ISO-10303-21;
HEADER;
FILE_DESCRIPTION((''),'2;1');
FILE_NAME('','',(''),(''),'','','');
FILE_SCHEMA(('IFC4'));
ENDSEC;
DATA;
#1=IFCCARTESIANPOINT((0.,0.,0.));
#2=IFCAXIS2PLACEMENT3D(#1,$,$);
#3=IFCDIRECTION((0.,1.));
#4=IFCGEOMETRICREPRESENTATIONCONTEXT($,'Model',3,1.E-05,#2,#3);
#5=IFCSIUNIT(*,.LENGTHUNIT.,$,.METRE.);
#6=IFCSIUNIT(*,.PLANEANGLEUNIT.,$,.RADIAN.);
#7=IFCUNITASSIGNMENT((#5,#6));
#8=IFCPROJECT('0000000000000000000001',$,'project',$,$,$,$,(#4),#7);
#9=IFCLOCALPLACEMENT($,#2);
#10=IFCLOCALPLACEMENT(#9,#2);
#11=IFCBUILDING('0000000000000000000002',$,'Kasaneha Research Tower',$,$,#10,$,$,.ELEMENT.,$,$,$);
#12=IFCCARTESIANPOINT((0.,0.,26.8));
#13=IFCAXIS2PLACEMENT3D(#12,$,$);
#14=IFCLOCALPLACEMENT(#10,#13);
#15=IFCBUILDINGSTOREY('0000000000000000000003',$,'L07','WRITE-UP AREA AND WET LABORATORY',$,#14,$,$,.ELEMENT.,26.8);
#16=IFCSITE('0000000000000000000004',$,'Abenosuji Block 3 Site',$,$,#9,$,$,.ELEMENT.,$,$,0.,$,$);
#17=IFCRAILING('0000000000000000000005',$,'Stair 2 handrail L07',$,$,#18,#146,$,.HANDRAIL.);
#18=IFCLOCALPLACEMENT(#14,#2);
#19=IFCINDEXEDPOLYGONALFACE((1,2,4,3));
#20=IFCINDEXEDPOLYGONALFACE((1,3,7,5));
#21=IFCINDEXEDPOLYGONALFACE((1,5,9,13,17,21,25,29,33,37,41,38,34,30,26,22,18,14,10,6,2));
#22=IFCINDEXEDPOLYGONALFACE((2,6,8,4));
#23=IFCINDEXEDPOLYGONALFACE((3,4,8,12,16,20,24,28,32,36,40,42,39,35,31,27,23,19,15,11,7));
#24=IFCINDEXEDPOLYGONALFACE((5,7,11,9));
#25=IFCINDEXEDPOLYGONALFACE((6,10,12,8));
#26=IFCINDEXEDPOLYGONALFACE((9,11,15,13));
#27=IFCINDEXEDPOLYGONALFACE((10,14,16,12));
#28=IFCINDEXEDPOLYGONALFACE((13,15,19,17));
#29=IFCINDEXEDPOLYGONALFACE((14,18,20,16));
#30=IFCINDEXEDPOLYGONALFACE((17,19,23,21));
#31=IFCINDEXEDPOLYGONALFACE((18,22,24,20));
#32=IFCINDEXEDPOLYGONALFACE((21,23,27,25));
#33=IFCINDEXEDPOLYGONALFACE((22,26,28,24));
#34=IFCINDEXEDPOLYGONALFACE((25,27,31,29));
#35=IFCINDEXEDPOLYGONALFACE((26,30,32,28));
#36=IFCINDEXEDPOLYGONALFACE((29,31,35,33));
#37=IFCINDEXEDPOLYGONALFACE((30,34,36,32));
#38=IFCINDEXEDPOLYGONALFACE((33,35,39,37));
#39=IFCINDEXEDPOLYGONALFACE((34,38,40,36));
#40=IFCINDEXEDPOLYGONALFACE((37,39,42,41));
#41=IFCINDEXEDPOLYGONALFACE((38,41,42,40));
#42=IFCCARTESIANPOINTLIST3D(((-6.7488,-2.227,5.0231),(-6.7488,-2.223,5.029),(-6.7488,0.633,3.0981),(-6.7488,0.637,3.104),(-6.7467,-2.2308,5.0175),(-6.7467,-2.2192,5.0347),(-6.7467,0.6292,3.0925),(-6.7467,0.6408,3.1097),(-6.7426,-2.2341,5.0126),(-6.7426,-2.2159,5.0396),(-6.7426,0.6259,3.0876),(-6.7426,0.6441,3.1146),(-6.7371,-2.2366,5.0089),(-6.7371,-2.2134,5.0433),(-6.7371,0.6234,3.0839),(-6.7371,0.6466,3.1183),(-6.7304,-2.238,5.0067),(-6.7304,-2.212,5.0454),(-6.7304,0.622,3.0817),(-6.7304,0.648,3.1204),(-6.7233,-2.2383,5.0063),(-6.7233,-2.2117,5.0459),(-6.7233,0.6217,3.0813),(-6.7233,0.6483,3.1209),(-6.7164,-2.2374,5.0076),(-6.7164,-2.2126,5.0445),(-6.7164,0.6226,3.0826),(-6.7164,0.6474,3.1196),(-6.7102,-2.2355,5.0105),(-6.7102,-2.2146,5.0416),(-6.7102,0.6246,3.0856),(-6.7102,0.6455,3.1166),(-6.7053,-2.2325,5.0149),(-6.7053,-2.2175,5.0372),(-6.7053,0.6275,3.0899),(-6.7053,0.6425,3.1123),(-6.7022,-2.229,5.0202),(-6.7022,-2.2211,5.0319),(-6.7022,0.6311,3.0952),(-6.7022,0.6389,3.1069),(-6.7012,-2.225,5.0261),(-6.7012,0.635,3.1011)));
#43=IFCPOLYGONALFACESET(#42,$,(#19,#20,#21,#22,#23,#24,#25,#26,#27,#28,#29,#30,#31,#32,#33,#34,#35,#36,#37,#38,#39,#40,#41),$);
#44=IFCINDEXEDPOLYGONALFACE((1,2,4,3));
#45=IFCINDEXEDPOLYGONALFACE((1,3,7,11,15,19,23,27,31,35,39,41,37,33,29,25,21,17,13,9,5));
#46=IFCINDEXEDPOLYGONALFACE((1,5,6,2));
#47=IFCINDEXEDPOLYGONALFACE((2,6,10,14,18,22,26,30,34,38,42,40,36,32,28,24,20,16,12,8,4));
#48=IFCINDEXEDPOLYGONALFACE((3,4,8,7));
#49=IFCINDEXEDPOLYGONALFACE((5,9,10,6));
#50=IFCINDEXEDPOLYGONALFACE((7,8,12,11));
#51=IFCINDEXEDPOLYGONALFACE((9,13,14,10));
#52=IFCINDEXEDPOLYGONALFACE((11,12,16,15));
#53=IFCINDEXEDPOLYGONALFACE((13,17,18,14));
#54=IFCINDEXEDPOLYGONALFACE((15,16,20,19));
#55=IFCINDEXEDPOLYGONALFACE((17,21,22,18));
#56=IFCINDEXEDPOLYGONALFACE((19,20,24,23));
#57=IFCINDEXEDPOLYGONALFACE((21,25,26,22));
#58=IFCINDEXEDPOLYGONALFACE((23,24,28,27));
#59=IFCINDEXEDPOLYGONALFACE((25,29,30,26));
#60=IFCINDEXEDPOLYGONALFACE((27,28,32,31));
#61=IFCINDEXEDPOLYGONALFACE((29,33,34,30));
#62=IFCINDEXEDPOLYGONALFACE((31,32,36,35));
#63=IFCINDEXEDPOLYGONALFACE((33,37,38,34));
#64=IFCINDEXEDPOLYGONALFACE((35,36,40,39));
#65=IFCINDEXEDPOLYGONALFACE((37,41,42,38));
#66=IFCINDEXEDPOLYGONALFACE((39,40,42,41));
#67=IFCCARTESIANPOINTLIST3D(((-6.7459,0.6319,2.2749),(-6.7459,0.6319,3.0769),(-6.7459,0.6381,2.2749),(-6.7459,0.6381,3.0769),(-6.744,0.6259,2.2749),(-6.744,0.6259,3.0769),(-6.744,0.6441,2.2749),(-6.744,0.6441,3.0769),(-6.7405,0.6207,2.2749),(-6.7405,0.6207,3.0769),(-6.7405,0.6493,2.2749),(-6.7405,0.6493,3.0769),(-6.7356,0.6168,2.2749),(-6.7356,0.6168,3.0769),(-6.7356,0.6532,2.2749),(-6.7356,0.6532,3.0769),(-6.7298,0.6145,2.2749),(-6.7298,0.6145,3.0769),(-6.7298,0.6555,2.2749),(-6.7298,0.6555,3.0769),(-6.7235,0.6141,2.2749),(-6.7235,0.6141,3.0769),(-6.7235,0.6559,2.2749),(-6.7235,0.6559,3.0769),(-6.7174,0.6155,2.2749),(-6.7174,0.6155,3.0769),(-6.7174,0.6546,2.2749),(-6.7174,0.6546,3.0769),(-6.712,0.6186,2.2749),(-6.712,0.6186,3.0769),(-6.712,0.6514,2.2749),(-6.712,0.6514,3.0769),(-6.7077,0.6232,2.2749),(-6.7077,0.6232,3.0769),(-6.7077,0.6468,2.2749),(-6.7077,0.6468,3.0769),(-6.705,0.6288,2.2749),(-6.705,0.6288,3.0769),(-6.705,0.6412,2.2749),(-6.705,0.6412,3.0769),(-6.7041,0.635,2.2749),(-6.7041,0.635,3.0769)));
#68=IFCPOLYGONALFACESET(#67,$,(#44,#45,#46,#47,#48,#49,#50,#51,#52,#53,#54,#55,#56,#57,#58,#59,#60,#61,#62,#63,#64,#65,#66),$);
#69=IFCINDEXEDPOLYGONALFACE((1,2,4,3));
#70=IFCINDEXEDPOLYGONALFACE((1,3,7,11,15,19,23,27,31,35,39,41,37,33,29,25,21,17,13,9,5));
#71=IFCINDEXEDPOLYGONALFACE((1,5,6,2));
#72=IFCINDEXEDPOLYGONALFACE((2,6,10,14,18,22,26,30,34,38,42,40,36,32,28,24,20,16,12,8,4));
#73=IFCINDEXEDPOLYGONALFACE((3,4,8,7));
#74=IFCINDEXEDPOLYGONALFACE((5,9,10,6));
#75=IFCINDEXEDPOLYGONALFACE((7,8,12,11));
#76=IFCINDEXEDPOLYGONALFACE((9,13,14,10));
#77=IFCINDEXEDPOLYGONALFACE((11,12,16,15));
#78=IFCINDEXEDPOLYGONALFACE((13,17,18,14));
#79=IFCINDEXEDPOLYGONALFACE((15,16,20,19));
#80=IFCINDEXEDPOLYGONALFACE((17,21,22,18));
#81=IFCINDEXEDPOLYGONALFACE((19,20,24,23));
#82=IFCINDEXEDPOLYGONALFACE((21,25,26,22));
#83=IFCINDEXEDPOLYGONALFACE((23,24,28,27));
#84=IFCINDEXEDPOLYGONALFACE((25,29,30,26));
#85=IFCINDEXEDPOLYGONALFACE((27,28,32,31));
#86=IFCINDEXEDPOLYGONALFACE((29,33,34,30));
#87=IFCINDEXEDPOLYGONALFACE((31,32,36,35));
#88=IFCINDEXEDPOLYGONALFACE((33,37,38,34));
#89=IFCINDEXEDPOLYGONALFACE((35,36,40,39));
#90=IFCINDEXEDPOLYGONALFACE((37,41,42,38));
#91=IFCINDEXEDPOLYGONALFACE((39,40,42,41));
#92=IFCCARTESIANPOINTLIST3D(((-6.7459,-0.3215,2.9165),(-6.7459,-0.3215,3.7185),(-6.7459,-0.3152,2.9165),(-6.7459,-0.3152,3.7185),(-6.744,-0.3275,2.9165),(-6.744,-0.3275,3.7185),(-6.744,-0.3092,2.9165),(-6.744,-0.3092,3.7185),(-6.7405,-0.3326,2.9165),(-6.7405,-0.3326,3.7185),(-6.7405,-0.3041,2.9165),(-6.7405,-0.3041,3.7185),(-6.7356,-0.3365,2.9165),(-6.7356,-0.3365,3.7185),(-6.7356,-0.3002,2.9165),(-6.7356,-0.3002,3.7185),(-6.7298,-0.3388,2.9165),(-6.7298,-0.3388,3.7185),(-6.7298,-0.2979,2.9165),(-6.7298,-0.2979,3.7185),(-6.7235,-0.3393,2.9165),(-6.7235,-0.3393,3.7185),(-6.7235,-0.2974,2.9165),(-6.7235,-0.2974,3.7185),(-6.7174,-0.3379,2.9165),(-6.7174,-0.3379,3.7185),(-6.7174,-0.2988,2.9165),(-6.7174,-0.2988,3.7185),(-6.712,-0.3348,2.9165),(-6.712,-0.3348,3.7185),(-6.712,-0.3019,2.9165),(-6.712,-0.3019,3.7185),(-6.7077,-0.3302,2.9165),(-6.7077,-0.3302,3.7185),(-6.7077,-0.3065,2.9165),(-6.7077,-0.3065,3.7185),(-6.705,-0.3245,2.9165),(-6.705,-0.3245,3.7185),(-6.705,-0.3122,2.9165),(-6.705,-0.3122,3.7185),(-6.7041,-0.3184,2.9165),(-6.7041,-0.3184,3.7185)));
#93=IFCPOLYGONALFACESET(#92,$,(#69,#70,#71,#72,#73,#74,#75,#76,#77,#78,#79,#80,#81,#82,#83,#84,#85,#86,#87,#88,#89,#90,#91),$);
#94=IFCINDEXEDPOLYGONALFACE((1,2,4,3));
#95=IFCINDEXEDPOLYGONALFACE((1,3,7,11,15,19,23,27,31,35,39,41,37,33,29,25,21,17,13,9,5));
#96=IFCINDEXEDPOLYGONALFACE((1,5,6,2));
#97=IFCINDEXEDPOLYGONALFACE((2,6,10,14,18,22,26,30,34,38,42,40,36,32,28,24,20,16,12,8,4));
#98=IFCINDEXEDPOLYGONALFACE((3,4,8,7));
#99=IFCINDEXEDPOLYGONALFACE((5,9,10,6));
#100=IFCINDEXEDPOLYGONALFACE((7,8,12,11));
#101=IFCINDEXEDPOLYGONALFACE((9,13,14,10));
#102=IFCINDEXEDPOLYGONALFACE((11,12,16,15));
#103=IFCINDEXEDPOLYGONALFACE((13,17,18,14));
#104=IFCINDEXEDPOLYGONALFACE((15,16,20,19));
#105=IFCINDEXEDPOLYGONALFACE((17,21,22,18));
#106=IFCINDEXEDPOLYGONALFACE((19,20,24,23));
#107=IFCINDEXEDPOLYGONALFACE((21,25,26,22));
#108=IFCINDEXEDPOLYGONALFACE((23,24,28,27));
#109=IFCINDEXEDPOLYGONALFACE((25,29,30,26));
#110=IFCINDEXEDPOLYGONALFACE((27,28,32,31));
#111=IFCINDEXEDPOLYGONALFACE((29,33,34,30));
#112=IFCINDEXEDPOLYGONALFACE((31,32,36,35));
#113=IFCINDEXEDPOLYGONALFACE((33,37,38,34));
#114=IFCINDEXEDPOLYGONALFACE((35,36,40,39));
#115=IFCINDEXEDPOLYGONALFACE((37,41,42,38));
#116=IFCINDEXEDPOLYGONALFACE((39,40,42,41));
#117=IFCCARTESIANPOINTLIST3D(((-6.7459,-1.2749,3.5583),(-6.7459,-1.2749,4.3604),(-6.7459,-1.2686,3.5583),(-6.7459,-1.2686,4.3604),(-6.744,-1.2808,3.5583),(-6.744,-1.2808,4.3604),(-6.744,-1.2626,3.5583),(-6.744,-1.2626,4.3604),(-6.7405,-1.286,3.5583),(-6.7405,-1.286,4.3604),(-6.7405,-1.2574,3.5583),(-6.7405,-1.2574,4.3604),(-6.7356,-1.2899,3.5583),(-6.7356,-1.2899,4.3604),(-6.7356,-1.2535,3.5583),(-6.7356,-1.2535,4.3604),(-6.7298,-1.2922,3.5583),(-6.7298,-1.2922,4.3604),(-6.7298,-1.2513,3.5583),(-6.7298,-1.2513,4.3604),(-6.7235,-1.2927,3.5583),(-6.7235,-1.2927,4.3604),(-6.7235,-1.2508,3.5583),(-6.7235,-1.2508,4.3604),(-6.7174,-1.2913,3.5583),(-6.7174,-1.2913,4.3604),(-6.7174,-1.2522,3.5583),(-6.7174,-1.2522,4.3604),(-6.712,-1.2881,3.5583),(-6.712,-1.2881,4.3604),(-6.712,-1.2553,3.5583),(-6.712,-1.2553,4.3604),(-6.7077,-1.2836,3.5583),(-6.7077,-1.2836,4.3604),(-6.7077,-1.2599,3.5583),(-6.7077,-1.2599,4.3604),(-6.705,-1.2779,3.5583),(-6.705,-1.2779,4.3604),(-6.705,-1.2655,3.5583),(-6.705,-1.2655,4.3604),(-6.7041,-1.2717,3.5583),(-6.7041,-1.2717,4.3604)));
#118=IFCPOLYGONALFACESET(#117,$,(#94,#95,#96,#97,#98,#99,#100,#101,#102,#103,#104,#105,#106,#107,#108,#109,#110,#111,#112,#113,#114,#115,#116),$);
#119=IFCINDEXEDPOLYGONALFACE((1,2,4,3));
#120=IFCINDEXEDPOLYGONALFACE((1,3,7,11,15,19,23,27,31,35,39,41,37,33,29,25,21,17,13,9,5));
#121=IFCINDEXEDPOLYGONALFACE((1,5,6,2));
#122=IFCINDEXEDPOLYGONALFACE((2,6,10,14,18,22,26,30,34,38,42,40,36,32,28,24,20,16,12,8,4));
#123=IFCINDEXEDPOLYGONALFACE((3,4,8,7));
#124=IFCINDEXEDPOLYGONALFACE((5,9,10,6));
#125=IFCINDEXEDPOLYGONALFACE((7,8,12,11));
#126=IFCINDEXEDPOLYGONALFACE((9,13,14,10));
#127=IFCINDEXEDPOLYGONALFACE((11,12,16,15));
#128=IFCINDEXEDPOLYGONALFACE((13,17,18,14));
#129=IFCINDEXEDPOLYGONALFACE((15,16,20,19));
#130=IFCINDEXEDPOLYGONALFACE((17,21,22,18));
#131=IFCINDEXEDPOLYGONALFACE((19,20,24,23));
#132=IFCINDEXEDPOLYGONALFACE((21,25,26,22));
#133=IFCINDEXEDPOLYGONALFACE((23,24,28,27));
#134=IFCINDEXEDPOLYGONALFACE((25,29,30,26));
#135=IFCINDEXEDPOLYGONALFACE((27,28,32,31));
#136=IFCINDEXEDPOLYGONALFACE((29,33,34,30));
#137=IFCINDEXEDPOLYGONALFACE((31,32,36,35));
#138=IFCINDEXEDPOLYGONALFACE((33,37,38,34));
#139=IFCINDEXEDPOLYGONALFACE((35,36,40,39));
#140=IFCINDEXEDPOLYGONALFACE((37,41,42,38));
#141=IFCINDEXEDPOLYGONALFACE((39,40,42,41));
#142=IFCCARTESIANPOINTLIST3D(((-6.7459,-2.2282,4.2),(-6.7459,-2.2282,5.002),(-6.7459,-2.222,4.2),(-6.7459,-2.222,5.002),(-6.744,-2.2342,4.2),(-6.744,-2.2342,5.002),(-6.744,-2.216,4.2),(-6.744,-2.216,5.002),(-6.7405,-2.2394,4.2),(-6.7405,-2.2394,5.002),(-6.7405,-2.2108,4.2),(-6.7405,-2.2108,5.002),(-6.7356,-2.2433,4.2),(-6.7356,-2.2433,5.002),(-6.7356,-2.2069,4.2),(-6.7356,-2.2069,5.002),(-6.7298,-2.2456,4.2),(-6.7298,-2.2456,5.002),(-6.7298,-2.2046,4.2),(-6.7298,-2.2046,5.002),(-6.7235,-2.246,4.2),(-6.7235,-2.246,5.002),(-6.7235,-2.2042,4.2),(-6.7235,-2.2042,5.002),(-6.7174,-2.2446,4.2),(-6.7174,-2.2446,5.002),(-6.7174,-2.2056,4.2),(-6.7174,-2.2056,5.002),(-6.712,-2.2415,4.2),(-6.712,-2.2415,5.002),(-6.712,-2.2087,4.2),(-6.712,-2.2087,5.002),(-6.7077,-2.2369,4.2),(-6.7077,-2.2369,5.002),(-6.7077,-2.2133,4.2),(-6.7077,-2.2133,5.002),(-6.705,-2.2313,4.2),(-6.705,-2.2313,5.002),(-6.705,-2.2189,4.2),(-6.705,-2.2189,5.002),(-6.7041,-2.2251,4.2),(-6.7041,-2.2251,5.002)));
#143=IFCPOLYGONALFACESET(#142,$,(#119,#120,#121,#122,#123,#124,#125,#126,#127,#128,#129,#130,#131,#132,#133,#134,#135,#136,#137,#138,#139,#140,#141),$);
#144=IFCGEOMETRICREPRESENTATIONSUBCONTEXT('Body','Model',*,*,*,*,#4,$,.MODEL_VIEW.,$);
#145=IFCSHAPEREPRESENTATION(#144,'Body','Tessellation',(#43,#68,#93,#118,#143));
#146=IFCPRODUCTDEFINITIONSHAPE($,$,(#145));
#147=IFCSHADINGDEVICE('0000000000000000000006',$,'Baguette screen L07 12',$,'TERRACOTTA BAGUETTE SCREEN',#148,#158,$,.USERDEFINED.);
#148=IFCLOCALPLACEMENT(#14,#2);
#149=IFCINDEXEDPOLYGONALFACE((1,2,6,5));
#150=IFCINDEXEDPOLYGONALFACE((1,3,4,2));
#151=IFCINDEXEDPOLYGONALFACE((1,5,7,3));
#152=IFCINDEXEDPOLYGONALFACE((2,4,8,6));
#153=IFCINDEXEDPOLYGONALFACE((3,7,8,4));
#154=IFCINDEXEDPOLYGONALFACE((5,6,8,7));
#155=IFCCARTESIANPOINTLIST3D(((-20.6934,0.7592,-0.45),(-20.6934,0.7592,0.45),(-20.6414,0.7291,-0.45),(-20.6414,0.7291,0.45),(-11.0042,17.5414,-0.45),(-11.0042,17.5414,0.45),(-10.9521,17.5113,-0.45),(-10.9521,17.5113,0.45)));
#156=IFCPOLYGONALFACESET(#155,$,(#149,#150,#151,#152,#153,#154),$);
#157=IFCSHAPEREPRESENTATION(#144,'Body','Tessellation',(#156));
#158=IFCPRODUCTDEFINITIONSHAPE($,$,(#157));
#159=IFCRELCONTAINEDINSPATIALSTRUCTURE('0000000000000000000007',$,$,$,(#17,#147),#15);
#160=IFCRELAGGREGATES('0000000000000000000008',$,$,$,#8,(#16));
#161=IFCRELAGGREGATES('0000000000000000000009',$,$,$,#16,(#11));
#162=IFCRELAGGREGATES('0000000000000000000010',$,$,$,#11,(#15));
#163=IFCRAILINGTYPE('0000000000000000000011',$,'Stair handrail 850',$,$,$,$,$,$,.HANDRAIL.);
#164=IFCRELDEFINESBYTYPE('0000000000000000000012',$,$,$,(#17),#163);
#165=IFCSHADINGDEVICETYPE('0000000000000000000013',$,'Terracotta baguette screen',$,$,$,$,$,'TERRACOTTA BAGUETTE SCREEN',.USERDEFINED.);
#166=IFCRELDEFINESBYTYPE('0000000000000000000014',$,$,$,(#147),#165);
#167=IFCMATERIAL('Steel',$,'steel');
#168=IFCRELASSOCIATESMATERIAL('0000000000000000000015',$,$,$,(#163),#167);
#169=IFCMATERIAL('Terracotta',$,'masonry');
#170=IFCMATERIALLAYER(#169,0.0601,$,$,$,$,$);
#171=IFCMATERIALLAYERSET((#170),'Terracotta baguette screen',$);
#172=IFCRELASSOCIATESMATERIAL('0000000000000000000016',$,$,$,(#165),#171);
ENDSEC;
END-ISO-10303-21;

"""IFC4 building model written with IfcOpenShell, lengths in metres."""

from ifc_helpers import new_model, si_unit, direction, frame, origin, origin_2d, place, context, subcontext, project, spatial, rectangle, circle, extrude, material, layer, layer_set, type_object, element, save


model = new_model("IFC4")

# Units and contexts
model_context = context("Model", 3, precision=1e-05, world=origin(), true_north=direction((0.0, 1.0)))
body_context = subcontext(model_context, "Body", "Model", "MODEL_VIEW")
ifc_project = project(units=[si_unit("LENGTHUNIT", "METRE"), si_unit("PLANEANGLEUNIT", "RADIAN")], contexts=[model_context])

# Site, building, storey
site_placement = place(None, origin())
site = spatial("IfcSite", under=ifc_project, at=site_placement, Name="Abenosuji Block 3 Site", CompositionType="ELEMENT", RefElevation=0.0)
building_placement = place(site_placement, origin())
building = spatial("IfcBuilding", under=site, at=building_placement, Name="Kasaneha Research Tower", CompositionType="ELEMENT")
storey_placement = place(building_placement, frame((0.0, 0.0, 26.8)))
storey = spatial("IfcBuildingStorey", under=building, at=storey_placement, Name="L07", Description="WRITE-UP AREA AND WET LABORATORY", CompositionType="ELEMENT", Elevation=26.8)

# Railing
ifc_material_1 = material(Name="Steel", Category="steel")
railing_type_1 = type_object("IfcRailingType", Name="Stair handrail 850", PredefinedType="HANDRAIL", material=ifc_material_1)
railing_1_placement = place(storey_placement, frame((-6.7251, 0.635, 2.2749)))
element("IfcRailing", 1, at=railing_1_placement, inside=storey, type_object=railing_type_1, Name="Stair 2 handrail L07", PredefinedType="HANDRAIL", context=body_context, shape_type="SweptSolid", body=[
    extrude(circle(Radius=0.0239, at=origin_2d()), frame((0.0, 0.0, 0.8262), z_axis=(0.0, -0.829591, 0.558372), x_axis=(1.0, 0.0, 0.0)), (0.0, 0.0, 1.0), 3.4475),
    extrude(circle(Radius=0.021, at=origin_2d()), origin(), (0.0, 0.0, 1.0), 0.802),
    extrude(circle(Radius=0.021, at=origin_2d()), frame((0.0, -0.9534, 0.6416)), (0.0, 0.0, 1.0), 0.802),
    extrude(circle(Radius=0.021, at=origin_2d()), frame((0.0, -1.9067, 1.2834)), (0.0, 0.0, 1.0), 0.802),
    extrude(circle(Radius=0.021, at=origin_2d()), frame((0.0, -2.8601, 1.925)), (0.0, 0.0, 1.0), 0.802),
])

# Shading device
ifc_material_2 = material(Name="Terracotta", Category="masonry")
ifc_layer_1 = layer(ifc_material_2, 0.0601)
ifc_layer_set_1 = layer_set([ifc_layer_1], Name="Terracotta baguette screen")
shading_device_type = type_object("IfcShadingDeviceType", Name="Terracotta baguette screen", ElementType="TERRACOTTA BAGUETTE SCREEN", PredefinedType="USERDEFINED", material=ifc_layer_set_1)
shading_device_placement = place(storey_placement, frame((-15.8228, 9.1353, -0.45), z_axis=(0.0, 0.0, 1.0), x_axis=(-0.5, -0.866025, 0.0)))
element("IfcShadingDevice", 2, at=shading_device_placement, inside=storey, type_object=shading_device_type, Name="Baguette screen L07 12", ObjectType="TERRACOTTA BAGUETTE SCREEN", PredefinedType="USERDEFINED", context=body_context, shape_type="SweptSolid", body=[
    extrude(rectangle(XDim=19.3784, YDim=0.0601, at=origin_2d()), origin(), (0.0, 0.0, 1.0), 0.8999),
])

save(model, "model.ifc")
